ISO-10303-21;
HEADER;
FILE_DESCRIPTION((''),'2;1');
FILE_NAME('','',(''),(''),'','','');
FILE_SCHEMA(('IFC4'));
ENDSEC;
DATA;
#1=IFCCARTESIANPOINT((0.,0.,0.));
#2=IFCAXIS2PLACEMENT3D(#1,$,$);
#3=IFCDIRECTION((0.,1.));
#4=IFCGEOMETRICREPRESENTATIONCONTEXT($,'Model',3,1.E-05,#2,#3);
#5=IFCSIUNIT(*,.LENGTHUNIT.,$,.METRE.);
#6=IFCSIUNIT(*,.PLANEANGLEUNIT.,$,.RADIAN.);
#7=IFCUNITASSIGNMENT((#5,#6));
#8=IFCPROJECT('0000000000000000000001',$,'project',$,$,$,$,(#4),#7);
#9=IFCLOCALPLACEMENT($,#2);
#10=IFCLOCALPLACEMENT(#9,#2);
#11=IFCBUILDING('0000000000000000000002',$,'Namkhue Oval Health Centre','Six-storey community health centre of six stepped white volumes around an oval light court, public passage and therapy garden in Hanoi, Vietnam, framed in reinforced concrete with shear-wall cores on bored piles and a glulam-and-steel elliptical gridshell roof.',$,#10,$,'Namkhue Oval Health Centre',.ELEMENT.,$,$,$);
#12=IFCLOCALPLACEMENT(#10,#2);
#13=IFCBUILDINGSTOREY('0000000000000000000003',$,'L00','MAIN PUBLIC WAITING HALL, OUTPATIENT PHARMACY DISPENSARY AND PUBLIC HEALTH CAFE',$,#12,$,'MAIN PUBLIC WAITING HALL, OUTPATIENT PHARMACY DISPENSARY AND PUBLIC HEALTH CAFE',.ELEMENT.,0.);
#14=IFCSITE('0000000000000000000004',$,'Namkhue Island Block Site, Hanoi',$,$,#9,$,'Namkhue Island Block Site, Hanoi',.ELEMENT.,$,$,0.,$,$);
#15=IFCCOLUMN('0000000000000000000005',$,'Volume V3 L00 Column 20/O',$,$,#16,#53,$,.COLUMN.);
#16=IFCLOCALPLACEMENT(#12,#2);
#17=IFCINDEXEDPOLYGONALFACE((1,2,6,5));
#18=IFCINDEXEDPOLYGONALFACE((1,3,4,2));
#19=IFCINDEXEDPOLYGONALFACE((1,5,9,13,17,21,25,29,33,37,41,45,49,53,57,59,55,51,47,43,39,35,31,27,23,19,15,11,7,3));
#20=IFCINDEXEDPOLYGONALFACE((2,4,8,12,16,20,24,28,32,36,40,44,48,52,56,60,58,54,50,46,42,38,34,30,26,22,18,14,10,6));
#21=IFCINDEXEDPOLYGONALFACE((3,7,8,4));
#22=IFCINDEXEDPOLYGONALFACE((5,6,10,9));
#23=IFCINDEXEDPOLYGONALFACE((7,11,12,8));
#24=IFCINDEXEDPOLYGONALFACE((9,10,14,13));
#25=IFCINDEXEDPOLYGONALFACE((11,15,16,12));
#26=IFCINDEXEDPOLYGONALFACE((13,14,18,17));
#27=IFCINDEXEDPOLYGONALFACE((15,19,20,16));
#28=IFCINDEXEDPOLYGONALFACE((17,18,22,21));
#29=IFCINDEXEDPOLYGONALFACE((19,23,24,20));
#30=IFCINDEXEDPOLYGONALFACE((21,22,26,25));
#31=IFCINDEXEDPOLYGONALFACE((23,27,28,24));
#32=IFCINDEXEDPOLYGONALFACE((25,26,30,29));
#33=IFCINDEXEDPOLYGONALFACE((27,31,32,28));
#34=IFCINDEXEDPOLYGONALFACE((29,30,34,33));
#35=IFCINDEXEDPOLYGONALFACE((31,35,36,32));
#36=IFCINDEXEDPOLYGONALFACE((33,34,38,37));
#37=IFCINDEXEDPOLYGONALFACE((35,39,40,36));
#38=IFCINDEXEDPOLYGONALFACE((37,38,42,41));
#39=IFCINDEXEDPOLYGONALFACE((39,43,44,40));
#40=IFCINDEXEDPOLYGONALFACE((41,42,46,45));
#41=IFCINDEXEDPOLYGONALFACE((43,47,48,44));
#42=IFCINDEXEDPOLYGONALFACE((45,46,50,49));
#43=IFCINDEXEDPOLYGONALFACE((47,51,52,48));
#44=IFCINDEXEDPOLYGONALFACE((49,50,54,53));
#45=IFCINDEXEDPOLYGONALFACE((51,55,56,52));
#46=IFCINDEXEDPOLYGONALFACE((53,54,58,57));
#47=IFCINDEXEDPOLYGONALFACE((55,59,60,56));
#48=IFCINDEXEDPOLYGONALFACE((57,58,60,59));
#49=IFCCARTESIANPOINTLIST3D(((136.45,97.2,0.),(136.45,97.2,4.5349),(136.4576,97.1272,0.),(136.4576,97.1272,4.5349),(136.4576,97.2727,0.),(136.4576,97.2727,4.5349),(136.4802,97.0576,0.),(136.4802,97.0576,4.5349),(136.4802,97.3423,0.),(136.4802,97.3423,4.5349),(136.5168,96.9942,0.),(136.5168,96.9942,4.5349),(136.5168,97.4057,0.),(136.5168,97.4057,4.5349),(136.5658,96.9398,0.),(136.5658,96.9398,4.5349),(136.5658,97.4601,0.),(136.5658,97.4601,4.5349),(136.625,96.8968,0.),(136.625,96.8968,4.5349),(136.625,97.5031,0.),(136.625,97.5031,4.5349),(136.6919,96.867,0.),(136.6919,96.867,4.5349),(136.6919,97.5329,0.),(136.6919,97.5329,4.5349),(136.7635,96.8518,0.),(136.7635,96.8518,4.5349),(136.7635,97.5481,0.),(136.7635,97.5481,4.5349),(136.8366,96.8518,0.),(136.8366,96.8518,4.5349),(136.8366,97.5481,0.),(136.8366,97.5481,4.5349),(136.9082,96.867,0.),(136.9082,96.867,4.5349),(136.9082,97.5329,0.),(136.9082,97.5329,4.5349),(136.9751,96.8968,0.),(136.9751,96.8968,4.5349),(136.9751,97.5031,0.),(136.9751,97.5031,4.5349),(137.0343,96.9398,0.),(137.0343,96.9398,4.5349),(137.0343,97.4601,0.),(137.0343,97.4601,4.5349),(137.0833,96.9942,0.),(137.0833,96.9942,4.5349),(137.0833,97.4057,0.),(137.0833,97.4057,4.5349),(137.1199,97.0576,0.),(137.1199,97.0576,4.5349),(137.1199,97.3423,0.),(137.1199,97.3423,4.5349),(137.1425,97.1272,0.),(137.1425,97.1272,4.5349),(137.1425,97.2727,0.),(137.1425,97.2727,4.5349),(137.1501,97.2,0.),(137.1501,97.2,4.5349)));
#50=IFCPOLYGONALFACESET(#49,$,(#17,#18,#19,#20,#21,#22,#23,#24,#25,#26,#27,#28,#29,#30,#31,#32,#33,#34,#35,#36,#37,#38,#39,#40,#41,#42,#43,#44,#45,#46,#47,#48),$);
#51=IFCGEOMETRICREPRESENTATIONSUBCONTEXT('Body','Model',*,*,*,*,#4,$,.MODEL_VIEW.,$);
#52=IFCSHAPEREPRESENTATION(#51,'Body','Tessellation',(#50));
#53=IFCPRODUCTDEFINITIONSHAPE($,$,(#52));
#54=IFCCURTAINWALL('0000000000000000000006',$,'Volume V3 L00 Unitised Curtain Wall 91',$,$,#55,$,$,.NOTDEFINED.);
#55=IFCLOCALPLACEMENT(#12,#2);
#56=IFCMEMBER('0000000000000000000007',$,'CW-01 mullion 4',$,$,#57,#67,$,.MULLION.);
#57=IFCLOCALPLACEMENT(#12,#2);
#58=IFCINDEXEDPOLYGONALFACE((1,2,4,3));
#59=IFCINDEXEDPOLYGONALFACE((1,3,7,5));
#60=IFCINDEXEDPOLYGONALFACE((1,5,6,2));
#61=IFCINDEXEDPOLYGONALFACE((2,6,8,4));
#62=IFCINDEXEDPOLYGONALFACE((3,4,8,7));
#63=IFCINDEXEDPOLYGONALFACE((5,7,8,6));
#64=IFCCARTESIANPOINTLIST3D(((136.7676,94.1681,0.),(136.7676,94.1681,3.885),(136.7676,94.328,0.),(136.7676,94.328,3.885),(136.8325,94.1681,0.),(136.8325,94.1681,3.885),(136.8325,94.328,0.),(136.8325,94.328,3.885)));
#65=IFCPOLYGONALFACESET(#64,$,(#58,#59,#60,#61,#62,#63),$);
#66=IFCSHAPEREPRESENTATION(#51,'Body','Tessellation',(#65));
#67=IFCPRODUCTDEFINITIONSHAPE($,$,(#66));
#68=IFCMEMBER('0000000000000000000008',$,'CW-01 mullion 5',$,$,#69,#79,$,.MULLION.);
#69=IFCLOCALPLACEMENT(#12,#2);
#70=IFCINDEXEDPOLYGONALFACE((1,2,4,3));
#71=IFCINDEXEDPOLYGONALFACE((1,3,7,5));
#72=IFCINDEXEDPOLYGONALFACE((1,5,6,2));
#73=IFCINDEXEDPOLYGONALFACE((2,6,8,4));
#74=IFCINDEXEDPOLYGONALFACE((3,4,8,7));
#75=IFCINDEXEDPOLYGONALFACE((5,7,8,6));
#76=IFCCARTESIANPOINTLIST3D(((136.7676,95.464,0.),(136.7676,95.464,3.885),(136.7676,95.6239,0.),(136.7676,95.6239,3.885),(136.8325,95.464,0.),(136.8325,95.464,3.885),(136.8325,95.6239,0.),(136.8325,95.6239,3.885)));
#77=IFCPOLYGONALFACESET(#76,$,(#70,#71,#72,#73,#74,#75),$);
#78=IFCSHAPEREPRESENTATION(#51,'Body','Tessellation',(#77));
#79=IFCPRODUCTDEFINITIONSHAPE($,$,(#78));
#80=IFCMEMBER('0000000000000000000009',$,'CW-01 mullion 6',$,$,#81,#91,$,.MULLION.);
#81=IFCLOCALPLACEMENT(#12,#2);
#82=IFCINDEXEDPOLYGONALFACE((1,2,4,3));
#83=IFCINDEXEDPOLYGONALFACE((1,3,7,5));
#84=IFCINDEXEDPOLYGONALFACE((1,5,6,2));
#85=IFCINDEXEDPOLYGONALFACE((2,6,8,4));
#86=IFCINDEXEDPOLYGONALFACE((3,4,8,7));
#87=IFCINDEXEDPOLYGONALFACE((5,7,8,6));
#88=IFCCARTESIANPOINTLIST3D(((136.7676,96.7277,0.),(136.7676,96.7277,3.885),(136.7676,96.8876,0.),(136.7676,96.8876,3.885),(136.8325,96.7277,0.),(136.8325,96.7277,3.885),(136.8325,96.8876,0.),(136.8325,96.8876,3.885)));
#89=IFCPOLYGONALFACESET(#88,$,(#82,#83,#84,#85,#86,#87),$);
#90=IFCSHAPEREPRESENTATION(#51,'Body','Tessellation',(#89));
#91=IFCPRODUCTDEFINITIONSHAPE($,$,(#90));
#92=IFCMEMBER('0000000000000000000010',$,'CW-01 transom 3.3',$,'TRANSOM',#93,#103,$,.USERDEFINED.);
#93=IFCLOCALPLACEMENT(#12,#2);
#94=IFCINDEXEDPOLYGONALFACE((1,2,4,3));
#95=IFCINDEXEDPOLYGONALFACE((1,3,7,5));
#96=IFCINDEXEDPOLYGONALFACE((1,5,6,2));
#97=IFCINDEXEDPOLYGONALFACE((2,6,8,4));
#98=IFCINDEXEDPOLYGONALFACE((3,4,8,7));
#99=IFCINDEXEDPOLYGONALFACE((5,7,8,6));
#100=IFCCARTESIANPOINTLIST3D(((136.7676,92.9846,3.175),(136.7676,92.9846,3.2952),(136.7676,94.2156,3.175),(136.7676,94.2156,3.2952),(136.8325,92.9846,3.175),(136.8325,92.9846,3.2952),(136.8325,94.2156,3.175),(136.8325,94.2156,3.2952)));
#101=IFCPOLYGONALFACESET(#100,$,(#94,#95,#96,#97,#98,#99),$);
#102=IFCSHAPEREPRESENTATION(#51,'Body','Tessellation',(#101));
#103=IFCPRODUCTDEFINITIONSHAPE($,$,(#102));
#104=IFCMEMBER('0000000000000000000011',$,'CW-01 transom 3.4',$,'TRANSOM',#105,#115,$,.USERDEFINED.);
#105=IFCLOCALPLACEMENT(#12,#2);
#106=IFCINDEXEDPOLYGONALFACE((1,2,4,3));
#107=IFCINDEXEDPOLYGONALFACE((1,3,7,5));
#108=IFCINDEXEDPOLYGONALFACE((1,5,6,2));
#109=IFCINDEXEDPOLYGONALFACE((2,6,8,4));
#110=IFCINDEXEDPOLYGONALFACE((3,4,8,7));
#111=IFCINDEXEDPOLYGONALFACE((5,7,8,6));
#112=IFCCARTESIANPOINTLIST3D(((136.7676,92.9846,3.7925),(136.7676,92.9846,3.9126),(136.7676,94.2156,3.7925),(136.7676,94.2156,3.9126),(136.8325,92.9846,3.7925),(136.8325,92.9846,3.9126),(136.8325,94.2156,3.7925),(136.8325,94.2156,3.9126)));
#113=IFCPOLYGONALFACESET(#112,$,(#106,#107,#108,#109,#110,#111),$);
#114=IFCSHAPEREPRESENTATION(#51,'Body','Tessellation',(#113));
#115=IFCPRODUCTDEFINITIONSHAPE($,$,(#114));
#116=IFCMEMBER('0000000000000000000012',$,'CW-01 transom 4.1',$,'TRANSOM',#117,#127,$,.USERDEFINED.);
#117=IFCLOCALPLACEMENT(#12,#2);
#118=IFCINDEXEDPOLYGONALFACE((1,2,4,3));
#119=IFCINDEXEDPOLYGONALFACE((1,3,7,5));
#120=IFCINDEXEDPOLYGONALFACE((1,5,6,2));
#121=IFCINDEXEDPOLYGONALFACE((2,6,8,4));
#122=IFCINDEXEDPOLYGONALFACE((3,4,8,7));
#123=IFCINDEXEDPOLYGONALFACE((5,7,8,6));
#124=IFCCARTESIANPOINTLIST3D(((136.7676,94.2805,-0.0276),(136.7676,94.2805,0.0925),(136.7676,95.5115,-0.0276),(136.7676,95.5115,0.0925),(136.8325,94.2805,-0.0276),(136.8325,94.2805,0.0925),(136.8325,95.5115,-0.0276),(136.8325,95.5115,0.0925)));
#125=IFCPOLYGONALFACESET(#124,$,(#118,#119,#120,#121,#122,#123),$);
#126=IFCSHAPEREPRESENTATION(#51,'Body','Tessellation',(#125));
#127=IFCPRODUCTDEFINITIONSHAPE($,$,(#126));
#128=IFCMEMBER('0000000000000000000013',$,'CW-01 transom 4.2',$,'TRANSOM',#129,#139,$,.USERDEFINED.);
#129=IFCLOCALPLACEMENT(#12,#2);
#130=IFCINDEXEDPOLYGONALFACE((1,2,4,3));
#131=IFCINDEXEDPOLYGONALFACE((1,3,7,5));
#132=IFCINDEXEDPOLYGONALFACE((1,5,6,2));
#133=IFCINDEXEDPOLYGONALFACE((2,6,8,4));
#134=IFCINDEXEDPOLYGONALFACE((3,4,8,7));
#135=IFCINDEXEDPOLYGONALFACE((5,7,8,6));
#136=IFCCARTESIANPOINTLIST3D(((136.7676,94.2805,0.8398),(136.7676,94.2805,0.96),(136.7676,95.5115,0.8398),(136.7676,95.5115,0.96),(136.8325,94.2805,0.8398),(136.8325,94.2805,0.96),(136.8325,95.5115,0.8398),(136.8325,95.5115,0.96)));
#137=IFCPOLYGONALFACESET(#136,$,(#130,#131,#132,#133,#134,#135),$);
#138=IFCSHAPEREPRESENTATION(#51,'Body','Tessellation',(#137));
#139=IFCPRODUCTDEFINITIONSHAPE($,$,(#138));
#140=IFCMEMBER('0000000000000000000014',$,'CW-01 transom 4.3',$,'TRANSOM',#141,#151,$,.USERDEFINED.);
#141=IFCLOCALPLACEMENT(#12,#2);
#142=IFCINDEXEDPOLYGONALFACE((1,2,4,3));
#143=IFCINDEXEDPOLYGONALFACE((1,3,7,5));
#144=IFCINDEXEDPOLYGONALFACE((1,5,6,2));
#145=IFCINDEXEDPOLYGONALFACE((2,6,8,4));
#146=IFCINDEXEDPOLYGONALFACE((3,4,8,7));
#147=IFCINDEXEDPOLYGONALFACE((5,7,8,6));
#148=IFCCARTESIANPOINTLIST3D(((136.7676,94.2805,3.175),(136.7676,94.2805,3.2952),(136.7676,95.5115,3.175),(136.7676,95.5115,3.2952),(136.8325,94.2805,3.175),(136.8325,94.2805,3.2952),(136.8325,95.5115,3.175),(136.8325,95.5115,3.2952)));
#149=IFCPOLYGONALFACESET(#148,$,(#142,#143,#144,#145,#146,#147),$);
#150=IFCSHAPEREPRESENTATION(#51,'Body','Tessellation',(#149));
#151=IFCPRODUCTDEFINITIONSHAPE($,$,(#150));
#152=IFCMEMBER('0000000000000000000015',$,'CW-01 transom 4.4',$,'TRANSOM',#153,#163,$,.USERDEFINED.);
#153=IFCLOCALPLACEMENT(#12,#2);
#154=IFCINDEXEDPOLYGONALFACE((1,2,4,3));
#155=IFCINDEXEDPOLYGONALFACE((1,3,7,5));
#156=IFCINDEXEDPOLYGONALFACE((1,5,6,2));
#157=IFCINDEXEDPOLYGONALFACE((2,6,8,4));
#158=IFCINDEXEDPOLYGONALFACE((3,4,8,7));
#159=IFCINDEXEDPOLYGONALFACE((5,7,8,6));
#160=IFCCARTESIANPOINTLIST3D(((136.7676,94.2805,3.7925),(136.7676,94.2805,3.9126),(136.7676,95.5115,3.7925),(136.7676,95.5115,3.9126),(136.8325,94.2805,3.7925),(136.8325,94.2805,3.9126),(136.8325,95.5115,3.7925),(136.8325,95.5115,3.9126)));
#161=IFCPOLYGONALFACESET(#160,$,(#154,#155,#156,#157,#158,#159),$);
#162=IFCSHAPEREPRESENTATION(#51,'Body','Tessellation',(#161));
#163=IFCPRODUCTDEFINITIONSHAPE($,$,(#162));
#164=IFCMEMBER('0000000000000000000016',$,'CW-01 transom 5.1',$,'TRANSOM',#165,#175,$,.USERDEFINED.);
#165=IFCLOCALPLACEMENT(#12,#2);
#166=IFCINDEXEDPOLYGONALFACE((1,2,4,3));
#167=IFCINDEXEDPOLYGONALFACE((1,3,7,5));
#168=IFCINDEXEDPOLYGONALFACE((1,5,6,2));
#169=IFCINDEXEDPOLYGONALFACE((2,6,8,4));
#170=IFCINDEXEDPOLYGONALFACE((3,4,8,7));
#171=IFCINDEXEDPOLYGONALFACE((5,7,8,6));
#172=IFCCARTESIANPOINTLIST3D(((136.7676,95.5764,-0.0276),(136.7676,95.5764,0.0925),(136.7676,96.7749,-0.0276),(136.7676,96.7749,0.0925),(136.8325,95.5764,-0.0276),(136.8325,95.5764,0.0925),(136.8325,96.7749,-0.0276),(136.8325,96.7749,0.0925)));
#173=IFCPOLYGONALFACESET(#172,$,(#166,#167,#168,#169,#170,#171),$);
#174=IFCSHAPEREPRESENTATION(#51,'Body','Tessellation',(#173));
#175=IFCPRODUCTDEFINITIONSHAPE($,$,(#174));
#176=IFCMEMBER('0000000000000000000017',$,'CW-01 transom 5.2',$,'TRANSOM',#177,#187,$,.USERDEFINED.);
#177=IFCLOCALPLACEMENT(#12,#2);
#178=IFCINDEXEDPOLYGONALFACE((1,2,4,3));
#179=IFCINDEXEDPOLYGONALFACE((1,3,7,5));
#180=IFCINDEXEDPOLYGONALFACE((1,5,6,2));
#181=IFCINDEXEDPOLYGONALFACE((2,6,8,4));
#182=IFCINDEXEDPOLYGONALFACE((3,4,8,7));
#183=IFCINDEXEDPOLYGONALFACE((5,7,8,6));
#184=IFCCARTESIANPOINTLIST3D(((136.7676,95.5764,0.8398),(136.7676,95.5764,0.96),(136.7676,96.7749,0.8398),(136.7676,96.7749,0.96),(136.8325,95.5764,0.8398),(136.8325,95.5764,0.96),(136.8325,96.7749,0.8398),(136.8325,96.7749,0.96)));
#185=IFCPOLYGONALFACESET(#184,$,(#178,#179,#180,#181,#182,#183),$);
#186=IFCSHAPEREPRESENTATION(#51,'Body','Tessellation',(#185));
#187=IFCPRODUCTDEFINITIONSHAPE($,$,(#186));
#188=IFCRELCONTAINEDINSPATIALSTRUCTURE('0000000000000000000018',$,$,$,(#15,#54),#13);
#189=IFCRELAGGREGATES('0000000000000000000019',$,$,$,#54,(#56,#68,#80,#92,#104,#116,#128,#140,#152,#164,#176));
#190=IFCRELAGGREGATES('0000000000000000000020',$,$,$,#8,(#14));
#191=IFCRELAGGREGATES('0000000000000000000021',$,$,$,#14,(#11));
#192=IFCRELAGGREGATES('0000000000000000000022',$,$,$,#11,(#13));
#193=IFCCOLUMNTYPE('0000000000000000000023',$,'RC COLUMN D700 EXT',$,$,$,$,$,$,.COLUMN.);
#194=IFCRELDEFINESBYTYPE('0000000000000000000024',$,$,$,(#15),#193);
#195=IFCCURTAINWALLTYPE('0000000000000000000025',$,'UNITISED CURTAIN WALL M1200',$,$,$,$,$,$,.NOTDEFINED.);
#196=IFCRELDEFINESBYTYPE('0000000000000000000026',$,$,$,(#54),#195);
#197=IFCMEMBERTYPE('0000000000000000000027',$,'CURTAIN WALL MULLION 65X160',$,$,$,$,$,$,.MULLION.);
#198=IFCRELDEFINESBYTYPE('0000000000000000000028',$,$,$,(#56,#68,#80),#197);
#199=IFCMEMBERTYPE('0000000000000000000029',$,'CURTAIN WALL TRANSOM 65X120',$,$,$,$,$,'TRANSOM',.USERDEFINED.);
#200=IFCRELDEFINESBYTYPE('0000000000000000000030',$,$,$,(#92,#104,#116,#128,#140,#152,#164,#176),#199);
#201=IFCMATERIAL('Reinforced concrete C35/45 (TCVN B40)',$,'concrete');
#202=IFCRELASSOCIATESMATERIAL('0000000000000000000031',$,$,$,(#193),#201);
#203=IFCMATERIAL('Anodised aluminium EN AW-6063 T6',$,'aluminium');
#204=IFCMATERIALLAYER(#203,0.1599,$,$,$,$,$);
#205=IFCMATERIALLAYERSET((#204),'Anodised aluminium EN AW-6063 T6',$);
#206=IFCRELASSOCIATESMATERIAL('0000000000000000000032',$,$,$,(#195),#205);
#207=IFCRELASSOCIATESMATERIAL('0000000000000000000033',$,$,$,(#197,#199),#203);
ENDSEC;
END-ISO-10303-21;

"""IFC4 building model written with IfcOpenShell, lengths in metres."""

from ifc_helpers import new_model, si_unit, direction, frame, origin, origin_2d, place, context, subcontext, project, spatial, rectangle, circle, extrude, material, layer, layer_set, material_profile, profile_set, type_object, element, aggregate, save


model = new_model("IFC4")

# Units and contexts
model_context = context("Model", 3, precision=1e-05, world=origin(), true_north=direction((0.0, 1.0)))
body_context = subcontext(model_context, "Body", "Model", "MODEL_VIEW")
ifc_project = project(units=[si_unit("LENGTHUNIT", "METRE"), si_unit("PLANEANGLEUNIT", "RADIAN")], contexts=[model_context])

# Site, building, storey
site_placement = place(None, origin())
site = spatial("IfcSite", under=ifc_project, at=site_placement, Name="Namkhue Island Block Site, Hanoi", LongName="Namkhue Island Block Site, Hanoi", CompositionType="ELEMENT", RefElevation=0.0)
building_placement = place(site_placement, origin())
building = spatial("IfcBuilding", under=site, at=building_placement, Name="Namkhue Oval Health Centre", Description="Six-storey community health centre of six stepped white volumes around an oval light court, public passage and therapy garden in Hanoi, Vietnam, framed in reinforced concrete with shear-wall cores on bored piles and a glulam-and-steel elliptical gridshell roof.", LongName="Namkhue Oval Health Centre", CompositionType="ELEMENT")
storey_placement = place(building_placement, origin())
storey = spatial("IfcBuildingStorey", under=building, at=storey_placement, Name="L00", Description="MAIN PUBLIC WAITING HALL, OUTPATIENT PHARMACY DISPENSARY AND PUBLIC HEALTH CAFE", LongName="MAIN PUBLIC WAITING HALL, OUTPATIENT PHARMACY DISPENSARY AND PUBLIC HEALTH CAFE", CompositionType="ELEMENT", Elevation=0.0)

# Column
ifc_material_1 = material(Name="Reinforced concrete C35/45 (TCVN B40)", Category="concrete")
ifc_material_profile_1 = material_profile(ifc_material_1, circle(Radius=0.3501, at=origin_2d()), Name="RC D700")
ifc_profile_set_1 = profile_set([ifc_material_profile_1], Name="Reinforced concrete C35/45 (TCVN B40)")
column_type = type_object("IfcColumnType", Name="RC COLUMN D700 EXT", PredefinedType="COLUMN", material=ifc_profile_set_1)
column_placement = place(storey_placement, frame((136.8, 97.2, 0.0), z_axis=(0.0, 0.0, 1.0), x_axis=(1.0, 0.0, 0.0)))
element("IfcColumn", 1, at=column_placement, inside=storey, type_object=column_type, Name="Volume V3 L00 Column 20/O", PredefinedType="COLUMN", context=body_context, shape_type="SweptSolid", body=[
    extrude(circle(Radius=0.3501, at=origin_2d()), origin(), (0.0, 0.0, 1.0), 4.5349),
])

# Curtain wall, members
ifc_material_2 = material(Name="Anodised aluminium EN AW-6063 T6", Category="aluminium")
ifc_layer_1 = layer(ifc_material_2, 0.1599)
ifc_layer_set_1 = layer_set([ifc_layer_1], Name="Anodised aluminium EN AW-6063 T6")
curtain_wall_type = type_object("IfcCurtainWallType", Name="UNITISED CURTAIN WALL M1200", PredefinedType="NOTDEFINED", material=ifc_layer_set_1)
curtain_wall_placement = place(storey_placement, origin())
curtain_wall = element("IfcCurtainWall", 2, at=curtain_wall_placement, inside=storey, type_object=curtain_wall_type, Name="Volume V3 L00 Unitised Curtain Wall 91", PredefinedType="NOTDEFINED")
ifc_material_profile_2 = material_profile(ifc_material_2, rectangle(XDim=0.0649, YDim=0.1599, at=origin_2d()), Name="ALU 65x160")
ifc_profile_set_2 = profile_set([ifc_material_profile_2], Name="Anodised aluminium EN AW-6063 T6")
member_type_1 = type_object("IfcMemberType", Name="CURTAIN WALL MULLION 65X160", PredefinedType="MULLION", material=ifc_profile_set_2)
member_1_placement = place(storey_placement, frame((136.8, 94.248, 0.0), z_axis=(0.0, 0.0, 1.0), x_axis=(-1.0, 0.0, 0.0)))
member_1 = element("IfcMember", 3, at=member_1_placement, type_object=member_type_1, Name="CW-01 mullion 4", PredefinedType="MULLION", context=body_context, shape_type="SweptSolid", body=[
    extrude(rectangle(XDim=0.0649, YDim=0.1599, at=origin_2d()), origin(), (0.0, 0.0, 1.0), 3.885),
])
member_2_placement = place(storey_placement, frame((136.8, 95.5439, 0.0), z_axis=(0.0, 0.0, 1.0), x_axis=(-1.0, 0.0, 0.0)))
member_2 = element("IfcMember", 4, at=member_2_placement, type_object=member_type_1, Name="CW-01 mullion 5", PredefinedType="MULLION", context=body_context, shape_type="SweptSolid", body=[
    extrude(rectangle(XDim=0.0649, YDim=0.1599, at=origin_2d()), origin(), (0.0, 0.0, 1.0), 3.885),
])
member_3_placement = place(storey_placement, frame((136.8, 96.8076, 0.0), z_axis=(0.0, 0.0, 1.0), x_axis=(-1.0, 0.0, 0.0)))
member_3 = element("IfcMember", 5, at=member_3_placement, type_object=member_type_1, Name="CW-01 mullion 6", PredefinedType="MULLION", context=body_context, shape_type="SweptSolid", body=[
    extrude(rectangle(XDim=0.0649, YDim=0.1599, at=origin_2d()), origin(), (0.0, 0.0, 1.0), 3.885),
])
ifc_material_profile_3 = material_profile(ifc_material_2, rectangle(XDim=0.0649, YDim=0.1201, at=origin_2d()), Name="ALU 65x120")
ifc_profile_set_3 = profile_set([ifc_material_profile_3], Name="Anodised aluminium EN AW-6063 T6")
member_type_2 = type_object("IfcMemberType", Name="CURTAIN WALL TRANSOM 65X120", ElementType="TRANSOM", PredefinedType="USERDEFINED", material=ifc_profile_set_3)
member_4_placement = place(storey_placement, frame((136.8, 92.9846, 3.2351), z_axis=(0.0, 1.0, 0.0), x_axis=(-1.0, 0.0, 0.0)))
member_4 = element("IfcMember", 6, at=member_4_placement, type_object=member_type_2, Name="CW-01 transom 3.3", ObjectType="TRANSOM", PredefinedType="USERDEFINED", context=body_context, shape_type="SweptSolid", body=[
    extrude(rectangle(XDim=0.0649, YDim=0.1201, at=origin_2d()), origin(), (0.0, 0.0, 1.0), 1.231),
])
member_5_placement = place(storey_placement, frame((136.8, 92.9846, 3.8525), z_axis=(0.0, 1.0, 0.0), x_axis=(-1.0, 0.0, 0.0)))
member_5 = element("IfcMember", 7, at=member_5_placement, type_object=member_type_2, Name="CW-01 transom 3.4", ObjectType="TRANSOM", PredefinedType="USERDEFINED", context=body_context, shape_type="SweptSolid", body=[
    extrude(rectangle(XDim=0.0649, YDim=0.1201, at=origin_2d()), origin(), (0.0, 0.0, 1.0), 1.231),
])
member_6_placement = place(storey_placement, frame((136.8, 94.2805, 0.0325), z_axis=(0.0, 1.0, 0.0), x_axis=(-1.0, 0.0, 0.0)))
member_6 = element("IfcMember", 8, at=member_6_placement, type_object=member_type_2, Name="CW-01 transom 4.1", ObjectType="TRANSOM", PredefinedType="USERDEFINED", context=body_context, shape_type="SweptSolid", body=[
    extrude(rectangle(XDim=0.0649, YDim=0.1201, at=origin_2d()), origin(), (0.0, 0.0, 1.0), 1.231),
])
member_7_placement = place(storey_placement, frame((136.8, 94.2805, 0.8999), z_axis=(0.0, 1.0, 0.0), x_axis=(-1.0, 0.0, 0.0)))
member_7 = element("IfcMember", 9, at=member_7_placement, type_object=member_type_2, Name="CW-01 transom 4.2", ObjectType="TRANSOM", PredefinedType="USERDEFINED", context=body_context, shape_type="SweptSolid", body=[
    extrude(rectangle(XDim=0.0649, YDim=0.1201, at=origin_2d()), origin(), (0.0, 0.0, 1.0), 1.231),
])
member_8_placement = place(storey_placement, frame((136.8, 94.2805, 3.2351), z_axis=(0.0, 1.0, 0.0), x_axis=(-1.0, 0.0, 0.0)))
member_8 = element("IfcMember", 10, at=member_8_placement, type_object=member_type_2, Name="CW-01 transom 4.3", ObjectType="TRANSOM", PredefinedType="USERDEFINED", context=body_context, shape_type="SweptSolid", body=[
    extrude(rectangle(XDim=0.0649, YDim=0.1201, at=origin_2d()), origin(), (0.0, 0.0, 1.0), 1.231),
])
member_9_placement = place(storey_placement, frame((136.8, 94.2805, 3.8525), z_axis=(0.0, 1.0, 0.0), x_axis=(-1.0, 0.0, 0.0)))
member_9 = element("IfcMember", 11, at=member_9_placement, type_object=member_type_2, Name="CW-01 transom 4.4", ObjectType="TRANSOM", PredefinedType="USERDEFINED", context=body_context, shape_type="SweptSolid", body=[
    extrude(rectangle(XDim=0.0649, YDim=0.1201, at=origin_2d()), origin(), (0.0, 0.0, 1.0), 1.231),
])
member_10_placement = place(storey_placement, frame((136.8, 95.5764, 0.0325), z_axis=(0.0, 1.0, 0.0), x_axis=(-1.0, 0.0, 0.0)))
member_10 = element("IfcMember", 12, at=member_10_placement, type_object=member_type_2, Name="CW-01 transom 5.1", ObjectType="TRANSOM", PredefinedType="USERDEFINED", context=body_context, shape_type="SweptSolid", body=[
    extrude(rectangle(XDim=0.0649, YDim=0.1201, at=origin_2d()), origin(), (0.0, 0.0, 1.0), 1.1985),
])
member_11_placement = place(storey_placement, frame((136.8, 95.5764, 0.8999), z_axis=(0.0, 1.0, 0.0), x_axis=(-1.0, 0.0, 0.0)))
member_11 = element("IfcMember", 13, at=member_11_placement, type_object=member_type_2, Name="CW-01 transom 5.2", ObjectType="TRANSOM", PredefinedType="USERDEFINED", context=body_context, shape_type="SweptSolid", body=[
    extrude(rectangle(XDim=0.0649, YDim=0.1201, at=origin_2d()), origin(), (0.0, 0.0, 1.0), 1.1985),
])
aggregate(curtain_wall, [member_1, member_2, member_3, member_4, member_5, member_6, member_7, member_8, member_9, member_10, member_11])

save(model, "model.ifc")
